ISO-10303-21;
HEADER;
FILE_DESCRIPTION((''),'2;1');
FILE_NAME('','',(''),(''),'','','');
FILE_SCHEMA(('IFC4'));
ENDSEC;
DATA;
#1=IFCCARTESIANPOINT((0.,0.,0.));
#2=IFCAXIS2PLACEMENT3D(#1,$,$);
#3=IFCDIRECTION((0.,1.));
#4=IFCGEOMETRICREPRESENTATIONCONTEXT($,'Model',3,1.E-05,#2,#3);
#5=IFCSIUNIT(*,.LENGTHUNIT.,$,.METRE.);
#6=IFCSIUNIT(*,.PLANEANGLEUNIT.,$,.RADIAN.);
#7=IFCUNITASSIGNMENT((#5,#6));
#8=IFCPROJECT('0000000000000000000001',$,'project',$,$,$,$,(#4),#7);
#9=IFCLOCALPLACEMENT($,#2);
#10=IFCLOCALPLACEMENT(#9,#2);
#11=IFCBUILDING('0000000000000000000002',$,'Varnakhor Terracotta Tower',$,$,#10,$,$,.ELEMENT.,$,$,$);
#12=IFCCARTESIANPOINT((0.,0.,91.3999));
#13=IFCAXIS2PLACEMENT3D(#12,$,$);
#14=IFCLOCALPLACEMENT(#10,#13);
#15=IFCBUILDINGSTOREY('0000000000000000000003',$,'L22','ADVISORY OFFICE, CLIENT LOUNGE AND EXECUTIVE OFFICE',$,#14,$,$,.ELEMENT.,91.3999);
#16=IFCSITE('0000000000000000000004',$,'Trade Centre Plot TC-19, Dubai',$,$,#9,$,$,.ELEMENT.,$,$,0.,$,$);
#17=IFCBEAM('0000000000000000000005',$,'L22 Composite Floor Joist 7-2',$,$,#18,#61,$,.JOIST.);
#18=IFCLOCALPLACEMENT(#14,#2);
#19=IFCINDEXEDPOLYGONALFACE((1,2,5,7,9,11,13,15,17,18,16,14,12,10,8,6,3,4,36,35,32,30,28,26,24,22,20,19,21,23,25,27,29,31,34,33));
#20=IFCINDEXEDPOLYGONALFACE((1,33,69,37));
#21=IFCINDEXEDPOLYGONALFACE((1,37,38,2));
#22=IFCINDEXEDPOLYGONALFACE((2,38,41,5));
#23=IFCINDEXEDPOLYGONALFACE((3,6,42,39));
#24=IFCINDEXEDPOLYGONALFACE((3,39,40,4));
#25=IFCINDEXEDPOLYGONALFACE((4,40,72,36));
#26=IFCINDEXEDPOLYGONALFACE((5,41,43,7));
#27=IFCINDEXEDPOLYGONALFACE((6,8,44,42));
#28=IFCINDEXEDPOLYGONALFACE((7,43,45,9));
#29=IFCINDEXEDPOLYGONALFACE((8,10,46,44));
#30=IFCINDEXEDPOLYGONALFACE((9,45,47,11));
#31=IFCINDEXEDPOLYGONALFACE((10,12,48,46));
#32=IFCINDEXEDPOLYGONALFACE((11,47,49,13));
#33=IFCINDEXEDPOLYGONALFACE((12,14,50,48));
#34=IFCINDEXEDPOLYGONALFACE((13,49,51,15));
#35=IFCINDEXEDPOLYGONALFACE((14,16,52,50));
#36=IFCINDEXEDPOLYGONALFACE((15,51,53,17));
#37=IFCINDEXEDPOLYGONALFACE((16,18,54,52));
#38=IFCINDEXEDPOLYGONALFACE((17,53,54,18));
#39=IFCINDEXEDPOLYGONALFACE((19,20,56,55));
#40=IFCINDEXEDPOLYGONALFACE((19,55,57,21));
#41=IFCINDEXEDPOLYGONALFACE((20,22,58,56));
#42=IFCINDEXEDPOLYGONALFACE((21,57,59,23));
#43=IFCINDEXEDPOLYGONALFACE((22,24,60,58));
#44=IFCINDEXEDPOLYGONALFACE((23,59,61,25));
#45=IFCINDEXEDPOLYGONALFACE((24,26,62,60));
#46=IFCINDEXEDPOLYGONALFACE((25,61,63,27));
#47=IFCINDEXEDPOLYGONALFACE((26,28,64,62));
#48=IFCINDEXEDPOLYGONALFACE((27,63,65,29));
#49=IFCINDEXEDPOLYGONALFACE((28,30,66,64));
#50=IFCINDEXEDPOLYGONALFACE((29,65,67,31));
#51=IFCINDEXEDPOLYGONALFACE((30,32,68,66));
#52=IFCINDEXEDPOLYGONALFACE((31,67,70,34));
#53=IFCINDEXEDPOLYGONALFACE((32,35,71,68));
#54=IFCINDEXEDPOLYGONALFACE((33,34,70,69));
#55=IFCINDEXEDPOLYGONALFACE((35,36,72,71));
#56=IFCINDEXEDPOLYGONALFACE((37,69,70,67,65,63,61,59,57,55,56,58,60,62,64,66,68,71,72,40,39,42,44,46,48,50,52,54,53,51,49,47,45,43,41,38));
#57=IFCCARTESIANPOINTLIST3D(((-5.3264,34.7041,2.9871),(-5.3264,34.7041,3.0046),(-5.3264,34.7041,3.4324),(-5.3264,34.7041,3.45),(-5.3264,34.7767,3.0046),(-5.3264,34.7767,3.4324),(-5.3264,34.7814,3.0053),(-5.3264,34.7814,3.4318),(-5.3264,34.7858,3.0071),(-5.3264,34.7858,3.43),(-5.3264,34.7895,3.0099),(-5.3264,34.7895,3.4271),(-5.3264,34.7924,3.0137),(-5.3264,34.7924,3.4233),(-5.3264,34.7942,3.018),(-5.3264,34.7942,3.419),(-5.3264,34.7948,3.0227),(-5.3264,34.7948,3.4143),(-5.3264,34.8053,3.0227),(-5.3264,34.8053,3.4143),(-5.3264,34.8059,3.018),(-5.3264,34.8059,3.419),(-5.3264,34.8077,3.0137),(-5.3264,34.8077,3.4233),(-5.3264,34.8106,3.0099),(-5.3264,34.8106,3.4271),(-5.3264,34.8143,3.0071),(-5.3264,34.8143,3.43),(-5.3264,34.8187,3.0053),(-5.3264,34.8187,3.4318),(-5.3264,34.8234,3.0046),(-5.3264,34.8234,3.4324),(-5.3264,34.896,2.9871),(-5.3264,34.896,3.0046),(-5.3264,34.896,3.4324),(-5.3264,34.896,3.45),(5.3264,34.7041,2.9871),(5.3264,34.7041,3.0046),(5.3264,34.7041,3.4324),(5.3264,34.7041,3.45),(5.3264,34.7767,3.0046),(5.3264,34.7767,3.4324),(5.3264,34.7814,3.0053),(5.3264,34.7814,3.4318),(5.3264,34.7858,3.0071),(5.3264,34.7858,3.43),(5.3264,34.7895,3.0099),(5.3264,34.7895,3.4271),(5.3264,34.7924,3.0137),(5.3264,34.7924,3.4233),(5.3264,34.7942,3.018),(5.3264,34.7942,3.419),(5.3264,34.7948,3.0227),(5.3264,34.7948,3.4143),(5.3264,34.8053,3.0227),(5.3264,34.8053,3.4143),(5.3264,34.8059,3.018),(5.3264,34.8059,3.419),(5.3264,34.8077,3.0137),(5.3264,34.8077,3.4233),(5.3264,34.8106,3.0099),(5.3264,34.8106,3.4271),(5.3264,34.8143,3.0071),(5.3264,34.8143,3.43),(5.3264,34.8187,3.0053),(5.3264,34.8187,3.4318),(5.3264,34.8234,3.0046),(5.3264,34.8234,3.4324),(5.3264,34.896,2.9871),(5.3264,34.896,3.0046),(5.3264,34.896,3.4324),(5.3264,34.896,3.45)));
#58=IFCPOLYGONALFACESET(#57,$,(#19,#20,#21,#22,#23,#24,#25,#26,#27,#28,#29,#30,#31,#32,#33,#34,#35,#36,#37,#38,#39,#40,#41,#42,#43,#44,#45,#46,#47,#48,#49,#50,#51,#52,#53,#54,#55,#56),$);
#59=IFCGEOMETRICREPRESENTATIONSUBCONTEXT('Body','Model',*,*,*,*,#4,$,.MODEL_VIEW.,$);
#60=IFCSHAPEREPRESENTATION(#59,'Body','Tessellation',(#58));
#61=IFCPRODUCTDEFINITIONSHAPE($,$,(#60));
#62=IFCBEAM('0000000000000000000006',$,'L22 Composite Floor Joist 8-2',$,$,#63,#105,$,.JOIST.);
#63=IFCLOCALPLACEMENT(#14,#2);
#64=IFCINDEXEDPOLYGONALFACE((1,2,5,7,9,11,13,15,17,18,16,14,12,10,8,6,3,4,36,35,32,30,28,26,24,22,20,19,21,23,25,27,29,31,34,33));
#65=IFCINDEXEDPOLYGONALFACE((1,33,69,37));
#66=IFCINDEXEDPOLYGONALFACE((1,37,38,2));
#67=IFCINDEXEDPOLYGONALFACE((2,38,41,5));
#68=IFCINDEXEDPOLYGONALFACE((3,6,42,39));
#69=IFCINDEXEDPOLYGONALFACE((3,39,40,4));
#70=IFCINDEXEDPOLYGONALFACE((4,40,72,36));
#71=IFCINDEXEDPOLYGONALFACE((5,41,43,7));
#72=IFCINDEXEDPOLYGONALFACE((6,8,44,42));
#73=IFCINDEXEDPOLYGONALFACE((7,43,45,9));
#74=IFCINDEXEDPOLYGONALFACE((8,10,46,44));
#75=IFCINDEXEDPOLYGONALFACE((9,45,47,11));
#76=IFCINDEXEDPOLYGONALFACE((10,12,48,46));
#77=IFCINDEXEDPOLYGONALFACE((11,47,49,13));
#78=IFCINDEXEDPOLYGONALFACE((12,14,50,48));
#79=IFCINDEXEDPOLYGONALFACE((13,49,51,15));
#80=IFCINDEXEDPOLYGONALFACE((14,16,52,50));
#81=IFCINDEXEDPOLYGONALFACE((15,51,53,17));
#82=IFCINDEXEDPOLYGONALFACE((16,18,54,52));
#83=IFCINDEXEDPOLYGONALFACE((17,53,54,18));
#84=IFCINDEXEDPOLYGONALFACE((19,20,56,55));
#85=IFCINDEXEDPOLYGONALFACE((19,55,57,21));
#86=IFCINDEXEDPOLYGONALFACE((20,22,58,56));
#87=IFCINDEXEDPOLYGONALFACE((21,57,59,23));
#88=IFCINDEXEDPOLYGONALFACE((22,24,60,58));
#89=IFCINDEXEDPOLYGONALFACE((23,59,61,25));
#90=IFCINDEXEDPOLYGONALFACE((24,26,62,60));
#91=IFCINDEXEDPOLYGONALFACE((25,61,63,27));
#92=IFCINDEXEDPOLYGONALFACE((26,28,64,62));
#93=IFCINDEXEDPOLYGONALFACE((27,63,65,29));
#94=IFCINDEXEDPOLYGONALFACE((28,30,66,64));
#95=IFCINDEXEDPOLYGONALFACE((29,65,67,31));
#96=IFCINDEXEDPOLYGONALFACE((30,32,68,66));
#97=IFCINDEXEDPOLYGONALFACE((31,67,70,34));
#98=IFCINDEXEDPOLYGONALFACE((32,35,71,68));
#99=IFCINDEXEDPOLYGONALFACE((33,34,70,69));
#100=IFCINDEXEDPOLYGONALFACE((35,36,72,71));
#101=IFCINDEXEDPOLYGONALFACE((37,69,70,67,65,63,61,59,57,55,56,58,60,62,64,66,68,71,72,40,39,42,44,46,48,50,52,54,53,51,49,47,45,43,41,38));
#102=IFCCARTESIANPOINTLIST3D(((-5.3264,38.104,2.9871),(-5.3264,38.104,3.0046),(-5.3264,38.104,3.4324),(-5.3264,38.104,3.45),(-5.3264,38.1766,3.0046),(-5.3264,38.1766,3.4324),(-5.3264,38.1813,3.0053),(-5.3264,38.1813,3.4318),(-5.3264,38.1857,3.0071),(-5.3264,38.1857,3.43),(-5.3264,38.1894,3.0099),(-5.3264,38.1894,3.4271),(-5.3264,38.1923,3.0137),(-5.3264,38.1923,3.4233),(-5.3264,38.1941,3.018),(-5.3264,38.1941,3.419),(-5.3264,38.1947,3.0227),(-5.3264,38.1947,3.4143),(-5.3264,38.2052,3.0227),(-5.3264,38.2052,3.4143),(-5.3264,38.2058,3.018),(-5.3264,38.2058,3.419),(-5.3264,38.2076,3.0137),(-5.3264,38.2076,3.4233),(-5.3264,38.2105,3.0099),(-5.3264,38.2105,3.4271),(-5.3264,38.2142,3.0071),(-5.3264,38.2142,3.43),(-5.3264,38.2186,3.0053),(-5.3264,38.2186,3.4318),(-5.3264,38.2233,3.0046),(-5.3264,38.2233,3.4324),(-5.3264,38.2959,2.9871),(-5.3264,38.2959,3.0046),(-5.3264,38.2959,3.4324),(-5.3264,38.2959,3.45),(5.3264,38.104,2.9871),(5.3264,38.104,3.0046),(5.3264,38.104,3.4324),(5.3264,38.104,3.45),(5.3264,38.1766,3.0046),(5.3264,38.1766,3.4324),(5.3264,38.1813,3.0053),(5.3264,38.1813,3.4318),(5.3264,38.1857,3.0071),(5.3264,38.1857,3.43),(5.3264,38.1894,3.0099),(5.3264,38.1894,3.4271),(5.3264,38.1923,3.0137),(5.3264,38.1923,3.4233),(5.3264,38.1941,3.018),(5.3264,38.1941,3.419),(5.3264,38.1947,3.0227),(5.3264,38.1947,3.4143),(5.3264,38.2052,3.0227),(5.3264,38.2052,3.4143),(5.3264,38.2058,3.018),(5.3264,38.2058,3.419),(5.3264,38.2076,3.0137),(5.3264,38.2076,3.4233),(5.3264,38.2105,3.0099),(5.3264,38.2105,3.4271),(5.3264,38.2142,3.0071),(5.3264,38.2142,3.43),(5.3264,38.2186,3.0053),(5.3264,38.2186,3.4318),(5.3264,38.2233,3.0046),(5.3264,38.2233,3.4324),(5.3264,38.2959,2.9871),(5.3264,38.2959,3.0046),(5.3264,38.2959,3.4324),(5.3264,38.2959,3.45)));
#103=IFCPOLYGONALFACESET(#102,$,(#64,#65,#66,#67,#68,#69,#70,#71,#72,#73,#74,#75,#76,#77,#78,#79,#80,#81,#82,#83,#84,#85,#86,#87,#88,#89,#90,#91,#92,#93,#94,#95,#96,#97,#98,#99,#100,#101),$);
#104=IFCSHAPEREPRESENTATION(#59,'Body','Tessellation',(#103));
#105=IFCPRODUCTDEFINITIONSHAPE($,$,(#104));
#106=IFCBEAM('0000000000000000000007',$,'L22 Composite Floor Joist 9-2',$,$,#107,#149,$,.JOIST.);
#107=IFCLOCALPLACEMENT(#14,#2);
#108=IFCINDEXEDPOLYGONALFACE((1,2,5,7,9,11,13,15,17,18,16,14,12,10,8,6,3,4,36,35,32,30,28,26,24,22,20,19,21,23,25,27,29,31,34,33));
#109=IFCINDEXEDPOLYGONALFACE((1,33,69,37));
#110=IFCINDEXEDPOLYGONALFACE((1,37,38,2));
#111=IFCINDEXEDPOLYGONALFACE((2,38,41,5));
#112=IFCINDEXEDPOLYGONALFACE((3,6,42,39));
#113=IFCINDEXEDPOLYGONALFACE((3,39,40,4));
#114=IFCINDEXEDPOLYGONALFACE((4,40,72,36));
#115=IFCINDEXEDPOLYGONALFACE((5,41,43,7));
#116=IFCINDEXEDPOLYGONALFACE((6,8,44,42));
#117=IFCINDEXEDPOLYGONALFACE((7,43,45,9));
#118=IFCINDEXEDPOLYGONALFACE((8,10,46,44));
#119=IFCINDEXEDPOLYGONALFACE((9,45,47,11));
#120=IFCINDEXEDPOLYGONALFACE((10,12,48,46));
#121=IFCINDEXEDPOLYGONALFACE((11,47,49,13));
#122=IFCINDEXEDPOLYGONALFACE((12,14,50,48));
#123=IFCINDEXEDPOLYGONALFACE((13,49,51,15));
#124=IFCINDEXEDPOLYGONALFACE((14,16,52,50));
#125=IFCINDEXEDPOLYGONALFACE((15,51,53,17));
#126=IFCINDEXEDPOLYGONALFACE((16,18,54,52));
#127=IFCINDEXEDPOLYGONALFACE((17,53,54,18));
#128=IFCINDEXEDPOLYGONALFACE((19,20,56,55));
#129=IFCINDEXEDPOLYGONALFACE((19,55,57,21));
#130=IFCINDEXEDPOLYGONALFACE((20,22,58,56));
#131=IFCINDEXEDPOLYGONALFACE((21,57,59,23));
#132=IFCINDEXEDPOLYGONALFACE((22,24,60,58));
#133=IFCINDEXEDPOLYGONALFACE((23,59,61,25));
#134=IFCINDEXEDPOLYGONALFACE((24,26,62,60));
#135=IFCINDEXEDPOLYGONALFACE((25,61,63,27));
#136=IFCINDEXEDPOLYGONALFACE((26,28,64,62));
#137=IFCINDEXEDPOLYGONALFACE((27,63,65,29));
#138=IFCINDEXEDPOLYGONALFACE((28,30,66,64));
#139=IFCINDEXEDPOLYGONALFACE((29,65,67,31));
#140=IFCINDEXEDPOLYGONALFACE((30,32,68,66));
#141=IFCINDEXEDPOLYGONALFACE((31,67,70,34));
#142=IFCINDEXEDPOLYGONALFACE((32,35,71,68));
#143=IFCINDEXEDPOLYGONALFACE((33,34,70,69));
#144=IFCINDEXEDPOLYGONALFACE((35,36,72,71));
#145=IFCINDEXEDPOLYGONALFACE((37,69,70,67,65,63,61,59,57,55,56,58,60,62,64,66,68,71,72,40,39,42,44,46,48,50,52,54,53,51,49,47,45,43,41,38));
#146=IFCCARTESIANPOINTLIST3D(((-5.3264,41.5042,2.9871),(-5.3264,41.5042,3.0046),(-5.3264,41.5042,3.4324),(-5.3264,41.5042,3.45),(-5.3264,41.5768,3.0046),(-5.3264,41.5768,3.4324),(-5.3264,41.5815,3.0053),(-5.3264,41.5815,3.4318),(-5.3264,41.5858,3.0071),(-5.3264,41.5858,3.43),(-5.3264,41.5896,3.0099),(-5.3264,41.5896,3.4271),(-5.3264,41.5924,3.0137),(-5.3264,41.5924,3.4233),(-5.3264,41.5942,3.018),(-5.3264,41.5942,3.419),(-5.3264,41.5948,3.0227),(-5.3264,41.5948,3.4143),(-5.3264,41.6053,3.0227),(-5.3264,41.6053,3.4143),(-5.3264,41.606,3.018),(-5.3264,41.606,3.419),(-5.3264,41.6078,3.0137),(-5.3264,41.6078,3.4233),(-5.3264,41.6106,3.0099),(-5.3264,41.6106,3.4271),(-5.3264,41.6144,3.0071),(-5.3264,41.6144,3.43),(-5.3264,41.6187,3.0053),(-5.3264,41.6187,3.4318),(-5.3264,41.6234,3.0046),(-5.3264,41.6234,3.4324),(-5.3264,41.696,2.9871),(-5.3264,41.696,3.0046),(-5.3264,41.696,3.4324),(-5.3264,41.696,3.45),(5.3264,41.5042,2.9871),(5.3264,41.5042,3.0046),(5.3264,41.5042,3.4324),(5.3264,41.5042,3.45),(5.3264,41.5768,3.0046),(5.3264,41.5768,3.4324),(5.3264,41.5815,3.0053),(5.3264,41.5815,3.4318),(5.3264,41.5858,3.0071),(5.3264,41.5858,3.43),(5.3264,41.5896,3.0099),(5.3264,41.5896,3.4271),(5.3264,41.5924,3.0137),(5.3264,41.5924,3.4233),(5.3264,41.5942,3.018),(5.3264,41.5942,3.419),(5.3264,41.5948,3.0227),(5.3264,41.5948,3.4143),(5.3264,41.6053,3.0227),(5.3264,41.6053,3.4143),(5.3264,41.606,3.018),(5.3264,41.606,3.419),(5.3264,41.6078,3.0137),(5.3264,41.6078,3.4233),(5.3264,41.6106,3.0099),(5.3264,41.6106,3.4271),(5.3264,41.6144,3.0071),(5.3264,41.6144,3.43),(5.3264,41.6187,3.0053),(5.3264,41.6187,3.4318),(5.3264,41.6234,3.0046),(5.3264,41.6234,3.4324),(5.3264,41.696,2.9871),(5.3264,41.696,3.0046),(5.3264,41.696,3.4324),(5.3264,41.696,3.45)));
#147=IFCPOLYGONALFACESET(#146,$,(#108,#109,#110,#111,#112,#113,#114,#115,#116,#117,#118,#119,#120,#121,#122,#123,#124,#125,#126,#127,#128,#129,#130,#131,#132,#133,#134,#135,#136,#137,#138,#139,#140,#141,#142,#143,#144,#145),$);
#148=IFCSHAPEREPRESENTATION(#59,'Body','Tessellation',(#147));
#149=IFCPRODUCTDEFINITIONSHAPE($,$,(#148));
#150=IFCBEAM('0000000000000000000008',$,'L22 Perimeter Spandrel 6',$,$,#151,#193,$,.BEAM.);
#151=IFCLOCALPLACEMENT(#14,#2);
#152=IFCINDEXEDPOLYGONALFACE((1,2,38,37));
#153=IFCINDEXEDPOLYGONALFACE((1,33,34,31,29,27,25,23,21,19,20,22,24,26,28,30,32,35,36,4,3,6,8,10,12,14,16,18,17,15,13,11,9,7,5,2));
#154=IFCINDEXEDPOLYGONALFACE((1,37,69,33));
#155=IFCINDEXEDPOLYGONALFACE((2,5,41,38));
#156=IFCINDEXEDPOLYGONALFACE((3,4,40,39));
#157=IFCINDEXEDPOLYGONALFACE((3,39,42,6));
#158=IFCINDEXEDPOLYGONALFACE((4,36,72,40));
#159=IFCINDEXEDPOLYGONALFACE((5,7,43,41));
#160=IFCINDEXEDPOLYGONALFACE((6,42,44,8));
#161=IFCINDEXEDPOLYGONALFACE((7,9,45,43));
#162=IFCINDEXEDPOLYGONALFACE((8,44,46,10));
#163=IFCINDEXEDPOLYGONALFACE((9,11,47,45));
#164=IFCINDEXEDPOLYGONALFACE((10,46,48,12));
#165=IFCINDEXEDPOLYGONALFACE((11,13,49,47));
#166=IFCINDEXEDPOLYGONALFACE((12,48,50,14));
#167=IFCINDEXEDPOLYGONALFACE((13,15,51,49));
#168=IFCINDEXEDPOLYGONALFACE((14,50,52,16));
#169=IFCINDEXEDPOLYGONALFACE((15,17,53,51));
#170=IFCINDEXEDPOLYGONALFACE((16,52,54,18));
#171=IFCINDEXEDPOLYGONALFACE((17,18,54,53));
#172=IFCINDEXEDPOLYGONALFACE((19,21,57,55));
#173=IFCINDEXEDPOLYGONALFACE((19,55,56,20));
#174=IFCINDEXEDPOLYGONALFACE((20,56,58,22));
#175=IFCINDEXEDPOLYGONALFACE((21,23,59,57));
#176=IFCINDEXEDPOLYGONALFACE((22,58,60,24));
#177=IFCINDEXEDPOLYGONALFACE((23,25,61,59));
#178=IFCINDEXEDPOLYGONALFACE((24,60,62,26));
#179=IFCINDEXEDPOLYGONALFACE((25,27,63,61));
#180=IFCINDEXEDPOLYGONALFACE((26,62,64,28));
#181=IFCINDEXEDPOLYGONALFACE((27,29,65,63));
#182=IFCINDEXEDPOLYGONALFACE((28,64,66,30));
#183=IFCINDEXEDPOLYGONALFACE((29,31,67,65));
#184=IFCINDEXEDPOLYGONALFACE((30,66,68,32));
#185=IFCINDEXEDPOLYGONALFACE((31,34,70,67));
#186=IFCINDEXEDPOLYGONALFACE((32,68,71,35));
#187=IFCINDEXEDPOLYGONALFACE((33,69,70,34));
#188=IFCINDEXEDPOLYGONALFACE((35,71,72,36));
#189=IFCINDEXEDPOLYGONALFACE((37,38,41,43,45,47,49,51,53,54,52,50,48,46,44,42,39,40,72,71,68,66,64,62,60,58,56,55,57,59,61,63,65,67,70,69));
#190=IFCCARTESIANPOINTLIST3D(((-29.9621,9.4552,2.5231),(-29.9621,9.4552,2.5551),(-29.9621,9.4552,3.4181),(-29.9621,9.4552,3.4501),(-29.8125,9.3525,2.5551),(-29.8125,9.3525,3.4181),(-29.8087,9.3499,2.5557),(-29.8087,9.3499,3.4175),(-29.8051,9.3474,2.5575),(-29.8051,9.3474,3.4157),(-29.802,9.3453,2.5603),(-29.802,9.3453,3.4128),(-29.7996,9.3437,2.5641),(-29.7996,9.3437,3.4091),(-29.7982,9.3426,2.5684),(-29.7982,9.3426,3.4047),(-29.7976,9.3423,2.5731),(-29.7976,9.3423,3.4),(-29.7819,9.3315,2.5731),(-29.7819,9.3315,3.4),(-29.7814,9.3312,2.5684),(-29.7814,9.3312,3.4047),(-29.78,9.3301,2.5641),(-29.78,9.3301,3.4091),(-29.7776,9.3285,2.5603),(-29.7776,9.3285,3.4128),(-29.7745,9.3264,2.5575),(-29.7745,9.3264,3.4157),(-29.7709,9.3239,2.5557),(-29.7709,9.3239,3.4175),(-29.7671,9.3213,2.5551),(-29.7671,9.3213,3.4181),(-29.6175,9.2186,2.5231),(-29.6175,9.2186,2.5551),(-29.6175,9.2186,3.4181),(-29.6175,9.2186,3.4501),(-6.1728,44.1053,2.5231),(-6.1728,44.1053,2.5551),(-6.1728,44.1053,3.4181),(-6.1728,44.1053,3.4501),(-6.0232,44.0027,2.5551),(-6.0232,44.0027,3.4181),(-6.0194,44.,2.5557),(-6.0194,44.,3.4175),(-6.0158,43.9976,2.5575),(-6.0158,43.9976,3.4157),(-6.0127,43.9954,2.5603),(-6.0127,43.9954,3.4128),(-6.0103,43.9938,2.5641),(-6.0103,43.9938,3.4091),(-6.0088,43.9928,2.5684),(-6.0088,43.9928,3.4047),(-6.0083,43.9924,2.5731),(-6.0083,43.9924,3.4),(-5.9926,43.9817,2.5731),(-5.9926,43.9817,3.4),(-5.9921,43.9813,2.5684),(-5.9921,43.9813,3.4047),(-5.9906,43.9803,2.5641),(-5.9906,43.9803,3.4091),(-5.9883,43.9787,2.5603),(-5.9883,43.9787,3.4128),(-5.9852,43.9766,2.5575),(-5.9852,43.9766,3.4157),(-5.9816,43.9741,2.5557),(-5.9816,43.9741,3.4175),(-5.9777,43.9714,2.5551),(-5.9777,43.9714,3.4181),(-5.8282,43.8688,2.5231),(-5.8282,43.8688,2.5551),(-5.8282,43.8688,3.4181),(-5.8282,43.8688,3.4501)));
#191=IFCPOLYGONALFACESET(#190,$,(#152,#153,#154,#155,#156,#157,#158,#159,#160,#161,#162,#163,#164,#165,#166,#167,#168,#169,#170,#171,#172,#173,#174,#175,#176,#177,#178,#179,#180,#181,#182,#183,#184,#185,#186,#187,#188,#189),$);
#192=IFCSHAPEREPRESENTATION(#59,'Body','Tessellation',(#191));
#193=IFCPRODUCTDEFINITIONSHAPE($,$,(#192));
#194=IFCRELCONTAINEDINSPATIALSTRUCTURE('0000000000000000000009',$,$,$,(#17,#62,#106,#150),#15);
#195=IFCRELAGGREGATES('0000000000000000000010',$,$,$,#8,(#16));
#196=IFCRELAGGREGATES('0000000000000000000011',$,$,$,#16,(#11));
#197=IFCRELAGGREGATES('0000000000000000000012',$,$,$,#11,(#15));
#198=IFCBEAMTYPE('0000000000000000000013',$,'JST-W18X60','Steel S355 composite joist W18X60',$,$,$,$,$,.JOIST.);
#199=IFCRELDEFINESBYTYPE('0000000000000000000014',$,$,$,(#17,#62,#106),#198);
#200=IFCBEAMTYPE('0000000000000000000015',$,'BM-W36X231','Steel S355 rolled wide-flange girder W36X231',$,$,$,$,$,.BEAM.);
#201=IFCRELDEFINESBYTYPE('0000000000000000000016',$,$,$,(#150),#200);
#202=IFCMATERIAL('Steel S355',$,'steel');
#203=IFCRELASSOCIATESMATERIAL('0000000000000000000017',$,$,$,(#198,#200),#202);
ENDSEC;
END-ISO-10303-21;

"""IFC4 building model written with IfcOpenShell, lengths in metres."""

from ifc_helpers import new_model, si_unit, direction, frame, origin, origin_2d, place, context, subcontext, project, spatial, i_section, extrude, source, transform, mapped, material, material_profile, profile_set, type_object, element, save


model = new_model("IFC4")

# Units and contexts
model_context = context("Model", 3, precision=1e-05, world=origin(), true_north=direction((0.0, 1.0)))
body_context = subcontext(model_context, "Body", "Model", "MODEL_VIEW")
ifc_project = project(units=[si_unit("LENGTHUNIT", "METRE"), si_unit("PLANEANGLEUNIT", "RADIAN")], contexts=[model_context])

# Site, building, storey
site_placement = place(None, origin())
site = spatial("IfcSite", under=ifc_project, at=site_placement, Name="Trade Centre Plot TC-19, Dubai", CompositionType="ELEMENT", RefElevation=0.0)
building_placement = place(site_placement, origin())
building = spatial("IfcBuilding", under=site, at=building_placement, Name="Varnakhor Terracotta Tower", CompositionType="ELEMENT")
storey_placement = place(building_placement, frame((0.0, 0.0, 91.3999)))
storey = spatial("IfcBuildingStorey", under=building, at=storey_placement, Name="L22", Description="ADVISORY OFFICE, CLIENT LOUNGE AND EXECUTIVE OFFICE", CompositionType="ELEMENT", Elevation=91.3999)

# Beams
ifc_material_1 = material(Name="Steel S355", Category="steel")
ifc_material_profile_1 = material_profile(ifc_material_1, i_section(OverallWidth=0.1919, OverallDepth=0.4629, WebThickness=0.0105, FlangeThickness=0.0176, FilletRadius=0.0181, at=origin_2d()), Name="W18X60")
ifc_profile_set_1 = profile_set([ifc_material_profile_1], Name="Steel S355")
beam_type_1 = type_object("IfcBeamType", Name="JST-W18X60", Description="Steel S355 composite joist W18X60", PredefinedType="JOIST", material=ifc_profile_set_1)
shared_shape_1 = source(origin(), body_context, "Body", "SweptSolid", [
    extrude(i_section(OverallWidth=0.1919, OverallDepth=0.4629, WebThickness=0.0105, FlangeThickness=0.0176, FilletRadius=0.0181, at=origin_2d()), origin(), (0.0, 0.0, 1.0), 10.6528),
])
for number, where, z_axis, x_axis, name in (
    (1, (-5.3264, 34.8, 3.2185), (1.0, 0.0, 0.0), (0.0, 1.0, 0.0), "L22 Composite Floor Joist 7-2"),
    (2, (-5.3264, 38.2, 3.2185), (1.0, 0.0, 0.0), (0.0, 1.0, 0.0), "L22 Composite Floor Joist 8-2"),
    (3, (-5.3264, 41.6001, 3.2185), (1.0, 0.0, 0.0), (0.0, 1.0, 0.0), "L22 Composite Floor Joist 9-2"),
):
    element("IfcBeam", number, at=place(storey_placement, frame(where, z_axis=z_axis, x_axis=x_axis)), inside=storey, type_object=beam_type_1, Name=name, PredefinedType="JOIST", context=body_context, shape_type="MappedRepresentation", body=[
        mapped(shared_shape_1, transform((0.0, 0.0, 0.0), scale=1.0)),
    ])
ifc_material_profile_2 = material_profile(ifc_material_1, i_section(OverallWidth=0.418, OverallDepth=0.927, WebThickness=0.019, FlangeThickness=0.032, FilletRadius=0.0181, at=origin_2d()), Name="W36X231")
ifc_profile_set_2 = profile_set([ifc_material_profile_2], Name="Steel S355")
beam_type_2 = type_object("IfcBeamType", Name="BM-W36X231", Description="Steel S355 rolled wide-flange girder W36X231", PredefinedType="BEAM", material=ifc_profile_set_2)
shared_shape_2 = source(origin(), body_context, "Body", "SweptSolid", [
    extrude(i_section(OverallWidth=0.418, OverallDepth=0.927, WebThickness=0.019, FlangeThickness=0.032, FilletRadius=0.0181, at=origin_2d()), origin(), (0.0, 0.0, 1.0), 42.0305),
])
beam_1_placement = place(storey_placement, frame((-6.0005, 43.9871, 2.9866), z_axis=(-0.566001, -0.824405, 0.0), x_axis=(0.824405, -0.566001, 0.0)))
element("IfcBeam", 4, at=beam_1_placement, inside=storey, type_object=beam_type_2, Name="L22 Perimeter Spandrel 6", PredefinedType="BEAM", context=body_context, shape_type="MappedRepresentation", body=[
    mapped(shared_shape_2, transform((0.0, 0.0, 0.0), scale=1.0)),
])

save(model, "model.ifc")
